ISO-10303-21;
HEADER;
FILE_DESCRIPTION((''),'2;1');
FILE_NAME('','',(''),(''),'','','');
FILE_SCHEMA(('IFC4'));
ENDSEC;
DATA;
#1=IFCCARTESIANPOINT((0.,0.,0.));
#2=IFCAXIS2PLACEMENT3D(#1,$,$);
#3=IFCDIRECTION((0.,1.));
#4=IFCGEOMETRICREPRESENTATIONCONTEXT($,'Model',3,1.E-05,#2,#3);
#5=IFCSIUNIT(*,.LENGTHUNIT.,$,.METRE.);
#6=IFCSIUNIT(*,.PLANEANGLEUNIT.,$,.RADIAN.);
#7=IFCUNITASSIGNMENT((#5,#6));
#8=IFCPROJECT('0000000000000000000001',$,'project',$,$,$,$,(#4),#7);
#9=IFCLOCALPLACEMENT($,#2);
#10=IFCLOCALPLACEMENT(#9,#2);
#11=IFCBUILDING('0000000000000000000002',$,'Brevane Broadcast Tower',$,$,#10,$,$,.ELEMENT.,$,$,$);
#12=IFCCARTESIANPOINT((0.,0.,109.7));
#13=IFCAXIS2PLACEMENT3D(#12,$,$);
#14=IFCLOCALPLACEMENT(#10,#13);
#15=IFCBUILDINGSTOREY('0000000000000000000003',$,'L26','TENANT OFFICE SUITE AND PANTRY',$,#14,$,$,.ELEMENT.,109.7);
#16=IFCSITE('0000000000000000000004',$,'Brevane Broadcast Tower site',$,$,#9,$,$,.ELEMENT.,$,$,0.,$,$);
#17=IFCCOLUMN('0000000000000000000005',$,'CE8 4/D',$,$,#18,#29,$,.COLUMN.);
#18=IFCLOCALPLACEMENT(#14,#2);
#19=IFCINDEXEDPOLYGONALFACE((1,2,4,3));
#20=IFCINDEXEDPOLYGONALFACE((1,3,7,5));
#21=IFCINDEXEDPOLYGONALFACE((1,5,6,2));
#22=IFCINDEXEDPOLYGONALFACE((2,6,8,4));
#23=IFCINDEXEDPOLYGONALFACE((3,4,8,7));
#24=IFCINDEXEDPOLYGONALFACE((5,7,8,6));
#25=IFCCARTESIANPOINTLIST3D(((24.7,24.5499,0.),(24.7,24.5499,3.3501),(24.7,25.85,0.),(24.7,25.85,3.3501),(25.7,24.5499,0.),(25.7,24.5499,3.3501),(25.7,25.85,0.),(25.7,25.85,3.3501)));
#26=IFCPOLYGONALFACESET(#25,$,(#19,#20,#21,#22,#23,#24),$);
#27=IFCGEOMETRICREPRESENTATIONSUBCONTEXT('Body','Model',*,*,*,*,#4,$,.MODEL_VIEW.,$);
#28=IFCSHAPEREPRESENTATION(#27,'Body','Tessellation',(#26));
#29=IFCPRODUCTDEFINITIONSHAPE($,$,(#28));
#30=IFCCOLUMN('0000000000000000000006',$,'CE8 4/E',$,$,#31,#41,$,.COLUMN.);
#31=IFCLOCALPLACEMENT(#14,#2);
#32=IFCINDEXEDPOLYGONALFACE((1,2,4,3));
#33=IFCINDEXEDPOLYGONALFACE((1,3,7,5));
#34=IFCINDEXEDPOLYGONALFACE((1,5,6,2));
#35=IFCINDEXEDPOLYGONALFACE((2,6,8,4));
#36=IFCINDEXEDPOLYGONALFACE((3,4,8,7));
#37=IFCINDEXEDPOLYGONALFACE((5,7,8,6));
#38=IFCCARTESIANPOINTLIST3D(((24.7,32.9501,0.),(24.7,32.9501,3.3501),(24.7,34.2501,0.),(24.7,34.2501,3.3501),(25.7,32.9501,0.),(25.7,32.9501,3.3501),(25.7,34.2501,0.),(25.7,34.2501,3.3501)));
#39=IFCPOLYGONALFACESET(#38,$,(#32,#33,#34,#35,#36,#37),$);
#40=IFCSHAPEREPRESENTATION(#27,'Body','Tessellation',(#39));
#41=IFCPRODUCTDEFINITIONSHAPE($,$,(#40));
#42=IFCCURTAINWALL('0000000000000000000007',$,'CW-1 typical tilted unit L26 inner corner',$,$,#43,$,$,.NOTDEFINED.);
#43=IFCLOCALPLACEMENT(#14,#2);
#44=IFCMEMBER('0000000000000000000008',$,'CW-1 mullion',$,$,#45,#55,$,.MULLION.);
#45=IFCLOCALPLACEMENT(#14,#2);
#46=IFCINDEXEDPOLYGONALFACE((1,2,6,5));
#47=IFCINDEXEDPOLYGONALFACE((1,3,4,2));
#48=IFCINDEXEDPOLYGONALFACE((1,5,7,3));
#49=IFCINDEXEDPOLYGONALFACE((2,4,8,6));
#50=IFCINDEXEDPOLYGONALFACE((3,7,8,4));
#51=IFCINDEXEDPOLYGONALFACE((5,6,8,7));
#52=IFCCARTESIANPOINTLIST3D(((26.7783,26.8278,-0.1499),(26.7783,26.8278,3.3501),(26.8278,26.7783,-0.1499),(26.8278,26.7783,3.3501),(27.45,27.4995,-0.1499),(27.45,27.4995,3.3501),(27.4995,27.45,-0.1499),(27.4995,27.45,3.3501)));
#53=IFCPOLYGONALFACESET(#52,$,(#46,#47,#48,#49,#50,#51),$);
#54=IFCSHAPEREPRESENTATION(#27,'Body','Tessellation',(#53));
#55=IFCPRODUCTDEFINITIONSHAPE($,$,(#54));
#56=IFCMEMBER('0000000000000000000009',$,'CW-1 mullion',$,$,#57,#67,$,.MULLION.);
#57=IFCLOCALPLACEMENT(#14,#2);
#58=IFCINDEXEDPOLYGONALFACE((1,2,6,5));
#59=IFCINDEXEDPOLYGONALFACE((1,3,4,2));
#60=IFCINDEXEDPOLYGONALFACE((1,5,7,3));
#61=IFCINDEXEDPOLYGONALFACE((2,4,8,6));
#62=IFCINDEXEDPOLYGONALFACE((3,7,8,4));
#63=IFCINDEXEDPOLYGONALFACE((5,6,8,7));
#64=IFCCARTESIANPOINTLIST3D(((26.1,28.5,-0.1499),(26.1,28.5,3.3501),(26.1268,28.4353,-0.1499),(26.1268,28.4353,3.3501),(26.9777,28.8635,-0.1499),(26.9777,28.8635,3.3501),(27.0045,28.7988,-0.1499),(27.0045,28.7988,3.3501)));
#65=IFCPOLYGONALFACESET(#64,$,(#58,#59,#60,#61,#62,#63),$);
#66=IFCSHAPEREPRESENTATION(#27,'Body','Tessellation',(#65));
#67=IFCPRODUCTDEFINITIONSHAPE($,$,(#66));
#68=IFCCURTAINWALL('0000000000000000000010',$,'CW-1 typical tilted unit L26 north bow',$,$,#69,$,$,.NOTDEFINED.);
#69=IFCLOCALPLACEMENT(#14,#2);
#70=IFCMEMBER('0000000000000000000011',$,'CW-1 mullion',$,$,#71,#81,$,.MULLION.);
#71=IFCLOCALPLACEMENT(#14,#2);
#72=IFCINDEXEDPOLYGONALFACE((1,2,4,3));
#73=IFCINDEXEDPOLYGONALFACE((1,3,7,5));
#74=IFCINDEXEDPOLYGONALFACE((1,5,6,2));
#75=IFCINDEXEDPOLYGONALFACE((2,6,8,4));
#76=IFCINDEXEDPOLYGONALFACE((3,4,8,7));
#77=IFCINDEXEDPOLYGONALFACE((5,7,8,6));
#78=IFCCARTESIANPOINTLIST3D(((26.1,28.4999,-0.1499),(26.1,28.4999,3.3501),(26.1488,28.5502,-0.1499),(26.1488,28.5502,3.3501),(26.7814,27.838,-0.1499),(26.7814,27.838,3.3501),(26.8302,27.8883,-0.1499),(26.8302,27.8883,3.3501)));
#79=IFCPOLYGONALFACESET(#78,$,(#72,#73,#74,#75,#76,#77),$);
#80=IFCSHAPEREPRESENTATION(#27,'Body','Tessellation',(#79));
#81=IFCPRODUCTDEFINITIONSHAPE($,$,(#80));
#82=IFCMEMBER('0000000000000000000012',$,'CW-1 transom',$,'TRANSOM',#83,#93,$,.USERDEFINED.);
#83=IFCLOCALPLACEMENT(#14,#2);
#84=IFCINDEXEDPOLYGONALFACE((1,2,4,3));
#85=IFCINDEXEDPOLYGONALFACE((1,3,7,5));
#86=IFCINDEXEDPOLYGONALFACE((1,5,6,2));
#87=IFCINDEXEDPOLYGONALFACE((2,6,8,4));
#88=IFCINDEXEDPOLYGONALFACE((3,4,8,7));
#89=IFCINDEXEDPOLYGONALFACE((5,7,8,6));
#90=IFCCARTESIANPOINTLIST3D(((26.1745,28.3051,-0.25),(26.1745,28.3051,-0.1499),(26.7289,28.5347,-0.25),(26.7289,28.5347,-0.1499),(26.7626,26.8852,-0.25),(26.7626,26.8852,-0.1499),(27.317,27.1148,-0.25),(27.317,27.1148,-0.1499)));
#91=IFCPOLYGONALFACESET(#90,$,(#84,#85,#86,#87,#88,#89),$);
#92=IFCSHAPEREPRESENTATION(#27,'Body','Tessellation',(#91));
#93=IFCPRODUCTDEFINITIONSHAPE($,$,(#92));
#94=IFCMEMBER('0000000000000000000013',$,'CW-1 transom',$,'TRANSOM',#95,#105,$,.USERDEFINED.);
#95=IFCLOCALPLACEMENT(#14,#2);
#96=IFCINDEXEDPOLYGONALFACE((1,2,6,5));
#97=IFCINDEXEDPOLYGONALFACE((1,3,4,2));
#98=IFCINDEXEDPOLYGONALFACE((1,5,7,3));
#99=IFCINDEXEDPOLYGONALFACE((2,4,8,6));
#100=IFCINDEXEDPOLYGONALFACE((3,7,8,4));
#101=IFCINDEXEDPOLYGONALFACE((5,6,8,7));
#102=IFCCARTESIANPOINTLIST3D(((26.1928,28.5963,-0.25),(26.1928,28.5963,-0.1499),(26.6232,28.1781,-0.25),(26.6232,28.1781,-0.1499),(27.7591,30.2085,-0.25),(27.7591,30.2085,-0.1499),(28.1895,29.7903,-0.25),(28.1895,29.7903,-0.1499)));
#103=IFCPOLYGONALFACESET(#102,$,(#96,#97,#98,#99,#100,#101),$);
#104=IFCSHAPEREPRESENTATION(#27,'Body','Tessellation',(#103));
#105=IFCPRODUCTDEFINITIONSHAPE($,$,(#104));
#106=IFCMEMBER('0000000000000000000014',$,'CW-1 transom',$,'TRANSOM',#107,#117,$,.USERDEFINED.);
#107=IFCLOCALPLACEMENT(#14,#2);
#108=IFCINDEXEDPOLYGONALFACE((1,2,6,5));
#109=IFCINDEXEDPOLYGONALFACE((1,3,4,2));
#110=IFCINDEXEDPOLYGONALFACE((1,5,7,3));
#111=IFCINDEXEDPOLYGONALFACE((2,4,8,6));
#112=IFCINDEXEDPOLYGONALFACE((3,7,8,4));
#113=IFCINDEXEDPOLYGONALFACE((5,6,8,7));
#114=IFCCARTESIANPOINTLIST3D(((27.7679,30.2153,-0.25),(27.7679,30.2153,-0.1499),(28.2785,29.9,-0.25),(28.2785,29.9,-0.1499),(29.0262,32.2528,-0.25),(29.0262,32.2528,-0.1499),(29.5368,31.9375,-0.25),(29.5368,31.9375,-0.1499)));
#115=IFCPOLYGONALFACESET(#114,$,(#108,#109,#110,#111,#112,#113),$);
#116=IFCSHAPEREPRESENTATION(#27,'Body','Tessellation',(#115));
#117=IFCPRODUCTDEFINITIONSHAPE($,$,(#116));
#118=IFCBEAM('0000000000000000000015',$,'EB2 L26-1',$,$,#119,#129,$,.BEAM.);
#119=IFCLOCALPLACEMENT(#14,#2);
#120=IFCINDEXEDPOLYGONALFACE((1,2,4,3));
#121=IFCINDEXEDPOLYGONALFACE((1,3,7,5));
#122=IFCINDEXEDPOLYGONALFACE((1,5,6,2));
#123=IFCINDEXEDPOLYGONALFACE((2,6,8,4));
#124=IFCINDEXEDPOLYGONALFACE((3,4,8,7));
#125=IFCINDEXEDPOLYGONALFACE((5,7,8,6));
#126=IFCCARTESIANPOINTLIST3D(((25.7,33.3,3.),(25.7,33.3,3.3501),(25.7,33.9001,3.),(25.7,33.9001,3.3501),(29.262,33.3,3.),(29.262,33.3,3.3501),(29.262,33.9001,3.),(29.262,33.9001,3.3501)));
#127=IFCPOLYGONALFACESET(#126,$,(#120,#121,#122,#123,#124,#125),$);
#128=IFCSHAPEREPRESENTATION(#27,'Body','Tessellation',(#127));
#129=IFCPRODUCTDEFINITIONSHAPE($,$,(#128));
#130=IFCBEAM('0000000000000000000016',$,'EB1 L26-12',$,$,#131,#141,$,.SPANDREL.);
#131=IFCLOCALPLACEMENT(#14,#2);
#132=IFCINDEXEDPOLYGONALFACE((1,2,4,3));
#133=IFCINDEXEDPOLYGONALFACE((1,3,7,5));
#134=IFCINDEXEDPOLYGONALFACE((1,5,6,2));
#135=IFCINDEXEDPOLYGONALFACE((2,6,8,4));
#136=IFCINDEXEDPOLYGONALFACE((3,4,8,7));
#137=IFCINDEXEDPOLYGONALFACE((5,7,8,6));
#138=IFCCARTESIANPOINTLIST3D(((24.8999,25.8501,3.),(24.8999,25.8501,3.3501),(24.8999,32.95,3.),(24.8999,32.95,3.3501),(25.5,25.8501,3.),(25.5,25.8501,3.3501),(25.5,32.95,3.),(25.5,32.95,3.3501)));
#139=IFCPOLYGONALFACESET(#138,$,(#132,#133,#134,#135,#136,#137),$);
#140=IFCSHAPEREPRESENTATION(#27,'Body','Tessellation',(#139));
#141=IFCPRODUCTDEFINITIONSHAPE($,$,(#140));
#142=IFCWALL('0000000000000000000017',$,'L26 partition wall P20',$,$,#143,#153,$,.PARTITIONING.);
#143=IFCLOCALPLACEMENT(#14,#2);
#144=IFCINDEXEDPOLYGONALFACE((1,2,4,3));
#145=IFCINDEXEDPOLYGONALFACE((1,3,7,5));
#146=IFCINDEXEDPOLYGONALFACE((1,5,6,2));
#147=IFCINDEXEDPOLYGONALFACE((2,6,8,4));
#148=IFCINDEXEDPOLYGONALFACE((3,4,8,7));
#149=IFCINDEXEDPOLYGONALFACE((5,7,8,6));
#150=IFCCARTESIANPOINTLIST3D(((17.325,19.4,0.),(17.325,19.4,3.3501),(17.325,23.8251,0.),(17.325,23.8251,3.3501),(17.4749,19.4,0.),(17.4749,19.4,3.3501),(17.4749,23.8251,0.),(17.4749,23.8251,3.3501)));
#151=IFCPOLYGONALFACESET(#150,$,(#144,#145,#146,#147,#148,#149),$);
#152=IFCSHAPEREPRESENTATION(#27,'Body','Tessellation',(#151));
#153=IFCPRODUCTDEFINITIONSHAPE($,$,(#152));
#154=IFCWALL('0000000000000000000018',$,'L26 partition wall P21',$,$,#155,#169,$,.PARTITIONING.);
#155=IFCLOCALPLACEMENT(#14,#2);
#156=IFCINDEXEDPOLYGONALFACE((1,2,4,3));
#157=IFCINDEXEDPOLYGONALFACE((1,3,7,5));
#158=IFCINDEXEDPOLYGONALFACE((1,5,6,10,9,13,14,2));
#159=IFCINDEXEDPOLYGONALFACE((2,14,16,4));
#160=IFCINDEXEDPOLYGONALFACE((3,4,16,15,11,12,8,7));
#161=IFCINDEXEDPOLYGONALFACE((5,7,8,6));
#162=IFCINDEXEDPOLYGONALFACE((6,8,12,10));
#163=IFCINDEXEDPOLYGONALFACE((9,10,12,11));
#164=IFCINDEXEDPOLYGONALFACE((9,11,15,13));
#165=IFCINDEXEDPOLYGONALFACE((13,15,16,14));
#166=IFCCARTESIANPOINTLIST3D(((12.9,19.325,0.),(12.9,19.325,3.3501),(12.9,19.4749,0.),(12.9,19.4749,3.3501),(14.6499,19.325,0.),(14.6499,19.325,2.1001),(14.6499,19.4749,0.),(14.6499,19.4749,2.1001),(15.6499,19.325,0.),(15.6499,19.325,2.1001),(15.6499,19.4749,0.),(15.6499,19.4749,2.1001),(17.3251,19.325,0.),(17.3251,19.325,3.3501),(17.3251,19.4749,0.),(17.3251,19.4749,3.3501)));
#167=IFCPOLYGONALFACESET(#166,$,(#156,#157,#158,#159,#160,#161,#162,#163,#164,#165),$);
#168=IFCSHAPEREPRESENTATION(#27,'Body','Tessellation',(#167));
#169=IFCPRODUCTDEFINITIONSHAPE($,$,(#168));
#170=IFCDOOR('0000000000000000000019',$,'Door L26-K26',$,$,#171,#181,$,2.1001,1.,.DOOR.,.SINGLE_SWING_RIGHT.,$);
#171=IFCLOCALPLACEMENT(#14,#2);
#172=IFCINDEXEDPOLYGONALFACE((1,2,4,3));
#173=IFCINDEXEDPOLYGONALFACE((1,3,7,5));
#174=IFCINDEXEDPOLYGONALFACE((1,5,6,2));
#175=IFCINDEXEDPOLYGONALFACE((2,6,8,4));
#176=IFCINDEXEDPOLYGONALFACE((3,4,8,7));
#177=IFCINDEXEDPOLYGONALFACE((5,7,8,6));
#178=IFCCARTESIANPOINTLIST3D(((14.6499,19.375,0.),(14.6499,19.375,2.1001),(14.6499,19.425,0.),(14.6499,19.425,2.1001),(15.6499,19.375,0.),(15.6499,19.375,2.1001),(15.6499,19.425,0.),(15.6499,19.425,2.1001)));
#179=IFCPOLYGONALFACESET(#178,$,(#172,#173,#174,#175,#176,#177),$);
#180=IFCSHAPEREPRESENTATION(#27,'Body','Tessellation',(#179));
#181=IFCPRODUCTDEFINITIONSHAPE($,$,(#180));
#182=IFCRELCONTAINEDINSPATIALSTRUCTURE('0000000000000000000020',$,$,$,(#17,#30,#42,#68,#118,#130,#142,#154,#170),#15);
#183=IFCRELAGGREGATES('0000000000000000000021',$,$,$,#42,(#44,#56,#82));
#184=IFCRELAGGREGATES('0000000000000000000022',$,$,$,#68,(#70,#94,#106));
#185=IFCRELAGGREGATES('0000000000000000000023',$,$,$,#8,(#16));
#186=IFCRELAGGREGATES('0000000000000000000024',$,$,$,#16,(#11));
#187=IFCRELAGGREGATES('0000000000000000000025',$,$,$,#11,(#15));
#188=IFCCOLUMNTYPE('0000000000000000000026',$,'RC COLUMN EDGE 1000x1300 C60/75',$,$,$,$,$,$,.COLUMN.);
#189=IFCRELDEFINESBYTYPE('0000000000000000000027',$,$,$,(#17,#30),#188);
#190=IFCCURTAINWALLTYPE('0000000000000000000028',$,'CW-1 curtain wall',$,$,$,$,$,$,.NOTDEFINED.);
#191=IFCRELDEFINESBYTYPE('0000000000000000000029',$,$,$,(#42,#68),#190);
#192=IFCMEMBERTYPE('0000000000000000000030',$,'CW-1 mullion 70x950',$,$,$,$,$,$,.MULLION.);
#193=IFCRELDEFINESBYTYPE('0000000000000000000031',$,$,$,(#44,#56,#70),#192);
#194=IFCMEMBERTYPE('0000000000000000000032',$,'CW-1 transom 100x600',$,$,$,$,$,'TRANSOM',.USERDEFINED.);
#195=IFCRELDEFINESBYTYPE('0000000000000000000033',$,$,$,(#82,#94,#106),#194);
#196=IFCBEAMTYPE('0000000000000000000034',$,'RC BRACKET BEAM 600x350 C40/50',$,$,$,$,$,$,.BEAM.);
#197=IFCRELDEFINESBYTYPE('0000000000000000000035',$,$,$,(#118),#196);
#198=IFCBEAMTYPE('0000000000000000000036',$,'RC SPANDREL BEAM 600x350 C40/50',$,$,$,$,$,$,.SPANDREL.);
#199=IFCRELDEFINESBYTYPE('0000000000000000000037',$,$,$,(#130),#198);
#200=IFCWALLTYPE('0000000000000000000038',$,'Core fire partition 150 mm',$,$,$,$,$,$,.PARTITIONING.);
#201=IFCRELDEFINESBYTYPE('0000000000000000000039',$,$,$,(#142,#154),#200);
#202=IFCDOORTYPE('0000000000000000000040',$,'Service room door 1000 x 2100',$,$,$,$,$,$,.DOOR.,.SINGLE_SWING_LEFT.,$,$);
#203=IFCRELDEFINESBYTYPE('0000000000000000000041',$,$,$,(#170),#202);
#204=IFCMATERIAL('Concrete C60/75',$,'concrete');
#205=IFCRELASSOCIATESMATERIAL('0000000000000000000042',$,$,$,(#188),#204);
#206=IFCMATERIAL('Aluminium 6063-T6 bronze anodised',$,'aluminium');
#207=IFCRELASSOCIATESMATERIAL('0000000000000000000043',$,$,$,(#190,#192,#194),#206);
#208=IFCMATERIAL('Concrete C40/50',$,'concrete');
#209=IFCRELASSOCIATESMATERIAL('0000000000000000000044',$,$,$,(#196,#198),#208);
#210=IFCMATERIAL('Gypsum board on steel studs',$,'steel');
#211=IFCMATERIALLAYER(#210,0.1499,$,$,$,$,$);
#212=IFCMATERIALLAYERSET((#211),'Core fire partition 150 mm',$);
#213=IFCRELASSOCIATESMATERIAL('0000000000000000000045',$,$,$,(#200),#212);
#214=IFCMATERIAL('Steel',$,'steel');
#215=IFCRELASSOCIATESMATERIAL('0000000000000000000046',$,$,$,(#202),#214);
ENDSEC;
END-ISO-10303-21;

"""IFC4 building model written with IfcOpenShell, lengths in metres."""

from ifc_helpers import new_model, si_unit, direction, frame, frame_2d, origin, origin_2d, place, context, subcontext, project, spatial, rectangle, extrude, material, layer, layer_set, material_profile, profile_set, type_object, element, fill, aggregate, save


model = new_model("IFC4")

# Units and contexts
model_context = context("Model", 3, precision=1e-05, world=origin(), true_north=direction((0.0, 1.0)))
body_context = subcontext(model_context, "Body", "Model", "MODEL_VIEW")
ifc_project = project(units=[si_unit("LENGTHUNIT", "METRE"), si_unit("PLANEANGLEUNIT", "RADIAN")], contexts=[model_context])

# Site, building, storey
site_placement = place(None, origin())
site = spatial("IfcSite", under=ifc_project, at=site_placement, Name="Brevane Broadcast Tower site", CompositionType="ELEMENT", RefElevation=0.0)
building_placement = place(site_placement, origin())
building = spatial("IfcBuilding", under=site, at=building_placement, Name="Brevane Broadcast Tower", CompositionType="ELEMENT")
storey_placement = place(building_placement, frame((0.0, 0.0, 109.7)))
storey = spatial("IfcBuildingStorey", under=building, at=storey_placement, Name="L26", Description="TENANT OFFICE SUITE AND PANTRY", CompositionType="ELEMENT", Elevation=109.7)

# Columns
ifc_material_1 = material(Name="Concrete C60/75", Category="concrete")
ifc_material_profile_1 = material_profile(ifc_material_1, rectangle(XDim=1.0, YDim=1.3, at=origin_2d()), Name="RC 1000x1300")
ifc_profile_set_1 = profile_set([ifc_material_profile_1], Name="Concrete C60/75")
column_type = type_object("IfcColumnType", Name="RC COLUMN EDGE 1000x1300 C60/75", PredefinedType="COLUMN", material=ifc_profile_set_1)
for number, where, z_axis, x_axis, name in (
    (1, (25.2, 25.2, 0.0), (0.0, 0.0, 1.0), (1.0, 0.0, 0.0), "CE8 4/D"),
    (2, (25.2, 33.6001, 0.0), (0.0, 0.0, 1.0), (1.0, 0.0, 0.0), "CE8 4/E"),
):
    element("IfcColumn", number, at=place(storey_placement, frame(where, z_axis=z_axis, x_axis=x_axis)), inside=storey, type_object=column_type, Name=name, PredefinedType="COLUMN", context=body_context, shape_type="SweptSolid", body=[
        extrude(rectangle(XDim=1.0, YDim=1.3, at=origin_2d()), origin(), (0.0, 0.0, 1.0), 3.3501),
    ])

# Curtain wall, members
ifc_material_2 = material(Name="Aluminium 6063-T6 bronze anodised", Category="aluminium")
curtain_wall_type = type_object("IfcCurtainWallType", Name="CW-1 curtain wall", PredefinedType="NOTDEFINED", material=ifc_material_2)
curtain_wall_1_placement = place(storey_placement, origin())
curtain_wall_1 = element("IfcCurtainWall", 3, at=curtain_wall_1_placement, inside=storey, type_object=curtain_wall_type, Name="CW-1 typical tilted unit L26 inner corner", PredefinedType="NOTDEFINED")
ifc_material_profile_2 = material_profile(ifc_material_2, rectangle(XDim=0.95, YDim=0.0701, at=origin_2d()), Name="RECT 70x950")
ifc_profile_set_2 = profile_set([ifc_material_profile_2], Name="Aluminium 6063-T6 bronze anodised")
member_type_1 = type_object("IfcMemberType", Name="CW-1 mullion 70x950", PredefinedType="MULLION", material=ifc_profile_set_2)
member_1_placement = place(storey_placement, frame((27.1389, 27.1389, -0.1499), z_axis=(0.0, 0.0, 1.0), x_axis=(-0.707107, -0.707107, 0.0)))
member_1 = element("IfcMember", 4, at=member_1_placement, type_object=member_type_1, Name="CW-1 mullion", PredefinedType="MULLION", context=body_context, shape_type="SweptSolid", body=[
    extrude(rectangle(XDim=0.95, YDim=0.0701, at=origin_2d()), origin(), (0.0, 0.0, 1.0), 3.5),
])
member_2_placement = place(storey_placement, frame((26.5522, 28.6494, -0.1499), z_axis=(0.0, 0.0, 1.0), x_axis=(-0.923879, -0.382684, 0.0)))
member_2 = element("IfcMember", 5, at=member_2_placement, type_object=member_type_1, Name="CW-1 mullion", PredefinedType="MULLION", context=body_context, shape_type="SweptSolid", body=[
    extrude(rectangle(XDim=0.95, YDim=0.0701, at=origin_2d()), origin(), (0.0, 0.0, 1.0), 3.5),
])

# Curtain wall, member
curtain_wall_2_placement = place(storey_placement, origin())
curtain_wall_2 = element("IfcCurtainWall", 6, at=curtain_wall_2_placement, inside=storey, type_object=curtain_wall_type, Name="CW-1 typical tilted unit L26 north bow", PredefinedType="NOTDEFINED")
member_3_placement = place(storey_placement, frame((26.4651, 28.1941, -0.1499), z_axis=(0.0, 0.0, 1.0), x_axis=(-0.717254, 0.696812, 0.0)))
member_3 = element("IfcMember", 7, at=member_3_placement, type_object=member_type_1, Name="CW-1 mullion", PredefinedType="MULLION", context=body_context, shape_type="SweptSolid", body=[
    extrude(rectangle(XDim=0.95, YDim=0.0701, at=origin_2d()), origin(), (0.0, 0.0, 1.0), 3.5),
])

# Members
ifc_material_profile_3 = material_profile(ifc_material_2, rectangle(XDim=0.6001, YDim=0.1001, at=origin_2d()), Name="RECT 100x600")
ifc_profile_set_3 = profile_set([ifc_material_profile_3], Name="Aluminium 6063-T6 bronze anodised")
member_type_2 = type_object("IfcMemberType", Name="CW-1 transom 100x600", ElementType="TRANSOM", PredefinedType="USERDEFINED", material=ifc_profile_set_3)
member_4_placement = place(storey_placement, frame((27.0398, 27.0, -0.2), z_axis=(-0.382674, 0.923883, 0.0), x_axis=(-0.923883, -0.382674, 0.0)))
member_4 = element("IfcMember", 8, at=member_4_placement, type_object=member_type_2, Name="CW-1 transom", ObjectType="TRANSOM", PredefinedType="USERDEFINED", context=body_context, shape_type="SweptSolid", body=[
    extrude(rectangle(XDim=0.6001, YDim=0.1001, at=origin_2d()), origin(), (0.0, 0.0, 1.0), 1.5369),
])
aggregate(curtain_wall_1, [member_1, member_2, member_4])
member_5_placement = place(storey_placement, frame((26.408, 28.3872, -0.2), z_axis=(0.696824, 0.717242, 0.0), x_axis=(-0.717242, 0.696824, 0.0)))
member_5 = element("IfcMember", 9, at=member_5_placement, type_object=member_type_2, Name="CW-1 transom", ObjectType="TRANSOM", PredefinedType="USERDEFINED", context=body_context, shape_type="SweptSolid", body=[
    extrude(rectangle(XDim=0.6001, YDim=0.1001, at=origin_2d()), origin(), (0.0, 0.0, 1.0), 2.2478),
])
member_6_placement = place(storey_placement, frame((28.0232, 30.0576, -0.2), z_axis=(0.525428, 0.850838, 0.0), x_axis=(-0.850838, 0.525428, 0.0)))
member_6 = element("IfcMember", 10, at=member_6_placement, type_object=member_type_2, Name="CW-1 transom", ObjectType="TRANSOM", PredefinedType="USERDEFINED", context=body_context, shape_type="SweptSolid", body=[
    extrude(rectangle(XDim=0.6001, YDim=0.1001, at=origin_2d()), origin(), (0.0, 0.0, 1.0), 2.3948),
])
aggregate(curtain_wall_2, [member_3, member_5, member_6])

# Beams
ifc_material_3 = material(Name="Concrete C40/50", Category="concrete")
ifc_material_profile_4 = material_profile(ifc_material_3, rectangle(XDim=0.6001, YDim=0.3501, at=origin_2d()), Name="RC 600x350")
ifc_profile_set_4 = profile_set([ifc_material_profile_4], Name="Concrete C40/50")
beam_type_1 = type_object("IfcBeamType", Name="RC BRACKET BEAM 600x350 C40/50", PredefinedType="BEAM", material=ifc_profile_set_4)
beam_1_placement = place(storey_placement, frame((25.7, 33.6001, 3.175), z_axis=(1.0, 0.0, 0.0), x_axis=(0.0, 1.0, 0.0)))
element("IfcBeam", 11, at=beam_1_placement, inside=storey, type_object=beam_type_1, Name="EB2 L26-1", PredefinedType="BEAM", context=body_context, shape_type="SweptSolid", body=[
    extrude(rectangle(XDim=0.6001, YDim=0.3501, at=origin_2d()), origin(), (0.0, 0.0, 1.0), 3.562),
])
ifc_material_profile_5 = material_profile(ifc_material_3, rectangle(XDim=0.6001, YDim=0.3501, at=origin_2d()), Name="RC 600x350")
ifc_profile_set_5 = profile_set([ifc_material_profile_5], Name="Concrete C40/50")
beam_type_2 = type_object("IfcBeamType", Name="RC SPANDREL BEAM 600x350 C40/50", PredefinedType="SPANDREL", material=ifc_profile_set_5)
beam_2_placement = place(storey_placement, frame((25.2, 25.8501, 3.175), z_axis=(0.0, 1.0, 0.0), x_axis=(-1.0, 0.0, 0.0)))
element("IfcBeam", 12, at=beam_2_placement, inside=storey, type_object=beam_type_2, Name="EB1 L26-12", PredefinedType="SPANDREL", context=body_context, shape_type="SweptSolid", body=[
    extrude(rectangle(XDim=0.6001, YDim=0.3501, at=origin_2d()), origin(), (0.0, 0.0, 1.0), 7.0999),
])

# Wall
ifc_material_4 = material(Name="Gypsum board on steel studs", Category="steel")
ifc_layer_1 = layer(ifc_material_4, 0.1499)
ifc_layer_set_1 = layer_set([ifc_layer_1], Name="Core fire partition 150 mm")
wall_type_1 = type_object("IfcWallType", Name="Core fire partition 150 mm", PredefinedType="PARTITIONING", material=ifc_layer_set_1)
wall_1_placement = place(storey_placement, frame((17.3999, 23.825, 0.0), z_axis=(0.0, 0.0, 1.0), x_axis=(0.0, -1.0, 0.0)))
element("IfcWall", 13, at=wall_1_placement, inside=storey, type_object=wall_type_1, Name="L26 partition wall P20", PredefinedType="PARTITIONING", context=body_context, shape_type="SweptSolid", body=[
    extrude(rectangle(XDim=4.425, YDim=0.1499, at=frame_2d((2.2124, 0.0))), origin(), (0.0, 0.0, 1.0), 3.3501),
])

# Wall, opening, door
wall_2_placement = place(storey_placement, frame((17.325, 19.3999, 0.0), z_axis=(0.0, 0.0, 1.0), x_axis=(-1.0, 0.0, 0.0)))
wall_2 = element("IfcWall", 14, at=wall_2_placement, inside=storey, type_object=wall_type_1, Name="L26 partition wall P21", PredefinedType="PARTITIONING", context=body_context, shape_type="SweptSolid", body=[
    extrude(rectangle(XDim=4.425, YDim=0.1499, at=frame_2d((2.2124, 0.0))), origin(), (0.0, 0.0, 1.0), 3.3501),
])
opening_1_placement = place(wall_2_placement, frame((1.675, 0.0, 0.0)))
opening_1 = element("IfcOpeningElement", 15, at=opening_1_placement, cuts=wall_2, PredefinedType="OPENING", context=body_context, shape_type="SweptSolid", body=[
    extrude(rectangle(XDim=1.0, YDim=2.1001, at=frame_2d((0.5, 1.05))), frame((0.0, 0.085, 0.0), z_axis=(0.0, -1.0, 0.0), x_axis=(1.0, 0.0, 0.0)), (0.0, 0.0, 1.0), 0.1699),
])
ifc_material_5 = material(Name="Steel", Category="steel")
door_type_1 = type_object("IfcDoorType", Name="Service room door 1000 x 2100", OperationType="SINGLE_SWING_LEFT", PredefinedType="DOOR", material=ifc_material_5)
door_1_placement = place(opening_1_placement, origin())
door_1 = element("IfcDoor", 16, at=door_1_placement, inside=storey, type_object=door_type_1, Name="Door L26-K26", OperationType="SINGLE_SWING_RIGHT", OverallHeight=2.1001, OverallWidth=1.0, PredefinedType="DOOR", context=body_context, shape_type="SweptSolid", body=[
    extrude(rectangle(XDim=1.0, YDim=2.1001, at=frame_2d((0.5, 1.05))), frame((0.0, 0.0249, 0.0), z_axis=(0.0, -1.0, 0.0), x_axis=(1.0, 0.0, 0.0)), (0.0, 0.0, 1.0), 0.05),
])
fill(opening_1, door_1)

save(model, "model.ifc")
